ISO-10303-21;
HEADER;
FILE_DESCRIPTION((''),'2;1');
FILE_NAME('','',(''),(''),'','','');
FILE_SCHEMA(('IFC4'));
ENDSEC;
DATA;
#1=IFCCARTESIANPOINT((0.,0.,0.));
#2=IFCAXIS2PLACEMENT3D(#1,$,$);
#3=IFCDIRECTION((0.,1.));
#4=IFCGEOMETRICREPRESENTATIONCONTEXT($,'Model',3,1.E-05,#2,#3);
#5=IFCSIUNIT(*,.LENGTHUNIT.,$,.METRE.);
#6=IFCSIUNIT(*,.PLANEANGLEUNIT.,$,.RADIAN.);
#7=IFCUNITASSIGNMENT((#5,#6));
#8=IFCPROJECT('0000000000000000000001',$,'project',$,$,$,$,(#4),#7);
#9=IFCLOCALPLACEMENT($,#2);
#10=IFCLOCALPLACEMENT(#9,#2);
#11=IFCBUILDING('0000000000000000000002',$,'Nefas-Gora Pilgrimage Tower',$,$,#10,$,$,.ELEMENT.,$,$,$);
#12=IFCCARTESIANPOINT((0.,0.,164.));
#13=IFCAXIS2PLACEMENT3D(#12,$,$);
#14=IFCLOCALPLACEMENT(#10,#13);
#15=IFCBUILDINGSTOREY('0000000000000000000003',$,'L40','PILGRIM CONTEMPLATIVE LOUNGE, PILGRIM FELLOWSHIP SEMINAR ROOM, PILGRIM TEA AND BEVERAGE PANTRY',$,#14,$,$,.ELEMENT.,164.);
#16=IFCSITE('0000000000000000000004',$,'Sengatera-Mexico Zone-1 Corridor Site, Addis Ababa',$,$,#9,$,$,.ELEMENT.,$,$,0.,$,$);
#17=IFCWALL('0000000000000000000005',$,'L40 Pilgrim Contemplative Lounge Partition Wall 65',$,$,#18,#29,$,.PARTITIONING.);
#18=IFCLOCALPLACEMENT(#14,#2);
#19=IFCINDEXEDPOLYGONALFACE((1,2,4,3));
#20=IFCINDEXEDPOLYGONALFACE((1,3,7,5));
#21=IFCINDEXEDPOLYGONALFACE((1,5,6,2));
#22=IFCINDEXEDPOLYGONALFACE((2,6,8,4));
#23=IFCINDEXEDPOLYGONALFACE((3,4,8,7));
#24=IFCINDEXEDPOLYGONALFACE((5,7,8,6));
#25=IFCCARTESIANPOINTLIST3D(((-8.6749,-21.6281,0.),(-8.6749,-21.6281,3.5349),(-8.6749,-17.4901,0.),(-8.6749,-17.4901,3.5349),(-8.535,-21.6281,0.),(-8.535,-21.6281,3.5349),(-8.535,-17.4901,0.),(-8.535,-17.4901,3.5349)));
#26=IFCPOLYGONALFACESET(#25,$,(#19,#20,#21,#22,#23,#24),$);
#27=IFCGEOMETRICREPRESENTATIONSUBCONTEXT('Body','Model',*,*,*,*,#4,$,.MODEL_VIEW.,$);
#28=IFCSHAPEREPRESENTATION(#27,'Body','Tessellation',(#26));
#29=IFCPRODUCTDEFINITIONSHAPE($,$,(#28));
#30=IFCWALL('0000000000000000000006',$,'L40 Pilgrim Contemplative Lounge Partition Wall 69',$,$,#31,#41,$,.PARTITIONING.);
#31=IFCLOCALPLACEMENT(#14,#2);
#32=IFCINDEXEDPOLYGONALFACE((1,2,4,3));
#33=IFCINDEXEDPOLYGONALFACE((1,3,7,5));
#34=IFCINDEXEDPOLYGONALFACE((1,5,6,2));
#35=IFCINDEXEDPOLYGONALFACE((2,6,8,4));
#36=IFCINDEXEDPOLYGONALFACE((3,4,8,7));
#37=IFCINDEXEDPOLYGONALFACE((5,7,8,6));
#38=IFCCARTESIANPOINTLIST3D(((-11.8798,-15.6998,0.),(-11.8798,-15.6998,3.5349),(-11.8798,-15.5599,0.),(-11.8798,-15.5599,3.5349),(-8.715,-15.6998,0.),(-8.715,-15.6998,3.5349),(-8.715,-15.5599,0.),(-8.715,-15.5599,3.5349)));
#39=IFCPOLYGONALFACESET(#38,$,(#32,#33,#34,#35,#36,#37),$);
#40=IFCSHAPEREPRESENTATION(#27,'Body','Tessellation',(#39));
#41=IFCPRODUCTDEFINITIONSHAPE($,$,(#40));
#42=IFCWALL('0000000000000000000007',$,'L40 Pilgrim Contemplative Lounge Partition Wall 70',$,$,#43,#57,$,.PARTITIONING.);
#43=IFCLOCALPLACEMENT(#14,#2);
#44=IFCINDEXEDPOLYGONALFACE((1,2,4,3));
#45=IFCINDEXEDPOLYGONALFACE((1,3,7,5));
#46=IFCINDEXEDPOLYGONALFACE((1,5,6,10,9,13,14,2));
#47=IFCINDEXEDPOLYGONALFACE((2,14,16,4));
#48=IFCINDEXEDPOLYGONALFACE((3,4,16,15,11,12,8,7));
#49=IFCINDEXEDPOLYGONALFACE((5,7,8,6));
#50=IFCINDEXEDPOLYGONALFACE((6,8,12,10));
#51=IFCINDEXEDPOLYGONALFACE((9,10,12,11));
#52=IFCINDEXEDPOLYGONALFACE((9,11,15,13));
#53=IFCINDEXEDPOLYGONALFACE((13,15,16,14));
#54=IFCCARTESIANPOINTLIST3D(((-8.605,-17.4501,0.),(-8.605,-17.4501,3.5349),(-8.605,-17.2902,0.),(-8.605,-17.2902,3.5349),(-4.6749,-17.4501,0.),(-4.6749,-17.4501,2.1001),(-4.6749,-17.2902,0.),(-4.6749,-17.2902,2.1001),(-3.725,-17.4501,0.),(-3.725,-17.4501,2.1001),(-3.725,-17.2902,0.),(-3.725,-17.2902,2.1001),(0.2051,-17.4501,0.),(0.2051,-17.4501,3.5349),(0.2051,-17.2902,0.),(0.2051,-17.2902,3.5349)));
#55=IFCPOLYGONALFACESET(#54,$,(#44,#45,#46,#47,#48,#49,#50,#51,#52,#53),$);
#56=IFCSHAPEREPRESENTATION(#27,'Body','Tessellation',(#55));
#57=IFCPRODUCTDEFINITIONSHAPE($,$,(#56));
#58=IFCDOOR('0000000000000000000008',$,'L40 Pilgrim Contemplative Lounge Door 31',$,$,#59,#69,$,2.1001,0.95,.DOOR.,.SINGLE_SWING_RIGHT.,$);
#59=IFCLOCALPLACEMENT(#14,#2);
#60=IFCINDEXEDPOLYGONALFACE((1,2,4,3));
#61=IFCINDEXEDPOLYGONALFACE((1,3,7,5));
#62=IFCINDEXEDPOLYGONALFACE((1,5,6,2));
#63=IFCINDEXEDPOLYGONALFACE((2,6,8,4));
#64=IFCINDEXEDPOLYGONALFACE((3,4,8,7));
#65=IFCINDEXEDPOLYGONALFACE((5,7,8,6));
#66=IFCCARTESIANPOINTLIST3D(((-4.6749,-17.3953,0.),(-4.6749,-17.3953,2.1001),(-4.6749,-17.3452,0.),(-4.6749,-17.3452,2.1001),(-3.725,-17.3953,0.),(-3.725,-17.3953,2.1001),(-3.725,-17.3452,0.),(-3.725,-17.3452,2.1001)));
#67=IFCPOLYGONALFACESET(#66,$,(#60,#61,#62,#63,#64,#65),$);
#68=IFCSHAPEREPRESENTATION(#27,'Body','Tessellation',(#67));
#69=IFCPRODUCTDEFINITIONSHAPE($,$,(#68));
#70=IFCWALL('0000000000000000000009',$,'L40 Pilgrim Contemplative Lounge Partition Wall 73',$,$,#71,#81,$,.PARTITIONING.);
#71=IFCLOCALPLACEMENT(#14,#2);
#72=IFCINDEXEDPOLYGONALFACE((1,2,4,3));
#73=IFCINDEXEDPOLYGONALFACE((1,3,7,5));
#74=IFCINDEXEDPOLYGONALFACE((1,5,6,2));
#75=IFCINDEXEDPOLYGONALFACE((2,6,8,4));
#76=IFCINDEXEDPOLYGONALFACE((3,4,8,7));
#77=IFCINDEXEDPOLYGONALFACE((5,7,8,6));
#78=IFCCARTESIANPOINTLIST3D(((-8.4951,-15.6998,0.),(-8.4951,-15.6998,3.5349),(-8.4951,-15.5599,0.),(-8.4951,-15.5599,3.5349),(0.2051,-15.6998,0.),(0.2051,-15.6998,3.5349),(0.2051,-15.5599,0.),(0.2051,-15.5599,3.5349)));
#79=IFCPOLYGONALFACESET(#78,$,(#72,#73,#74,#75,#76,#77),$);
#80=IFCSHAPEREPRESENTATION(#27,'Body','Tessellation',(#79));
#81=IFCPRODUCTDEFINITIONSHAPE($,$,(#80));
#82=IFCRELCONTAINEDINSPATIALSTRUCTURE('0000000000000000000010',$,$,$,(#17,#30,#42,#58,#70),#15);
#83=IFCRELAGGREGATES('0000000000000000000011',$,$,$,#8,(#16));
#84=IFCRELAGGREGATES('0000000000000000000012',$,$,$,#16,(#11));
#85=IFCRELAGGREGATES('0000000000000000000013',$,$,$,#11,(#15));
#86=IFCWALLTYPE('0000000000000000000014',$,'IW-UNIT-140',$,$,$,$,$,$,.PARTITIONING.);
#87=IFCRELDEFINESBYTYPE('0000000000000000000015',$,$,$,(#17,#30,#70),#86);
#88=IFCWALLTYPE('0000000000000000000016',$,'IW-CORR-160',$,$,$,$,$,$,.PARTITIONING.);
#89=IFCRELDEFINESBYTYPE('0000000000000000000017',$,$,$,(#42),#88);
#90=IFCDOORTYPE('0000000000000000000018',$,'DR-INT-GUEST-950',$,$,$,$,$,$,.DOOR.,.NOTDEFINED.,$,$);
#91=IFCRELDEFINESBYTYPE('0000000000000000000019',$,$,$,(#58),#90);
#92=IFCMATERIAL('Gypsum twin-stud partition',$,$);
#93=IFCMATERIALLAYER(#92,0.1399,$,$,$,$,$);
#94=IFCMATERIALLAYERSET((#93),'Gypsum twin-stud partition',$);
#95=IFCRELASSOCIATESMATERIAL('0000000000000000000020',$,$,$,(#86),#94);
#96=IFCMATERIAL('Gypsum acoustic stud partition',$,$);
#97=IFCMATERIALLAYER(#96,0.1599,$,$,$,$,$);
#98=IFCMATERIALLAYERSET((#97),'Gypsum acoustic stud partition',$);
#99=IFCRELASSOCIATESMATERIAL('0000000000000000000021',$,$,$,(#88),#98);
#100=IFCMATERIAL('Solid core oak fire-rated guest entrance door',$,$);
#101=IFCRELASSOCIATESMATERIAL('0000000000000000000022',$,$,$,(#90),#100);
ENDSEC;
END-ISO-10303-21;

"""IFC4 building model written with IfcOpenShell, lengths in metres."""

from ifc_helpers import new_model, si_unit, direction, frame, frame_2d, origin, place, context, subcontext, project, spatial, rectangle, extrude, source, transform, mapped, material, layer, layer_set, type_object, element, fill, save


model = new_model("IFC4")

# Units and contexts
model_context = context("Model", 3, precision=1e-05, world=origin(), true_north=direction((0.0, 1.0)))
body_context = subcontext(model_context, "Body", "Model", "MODEL_VIEW")
ifc_project = project(units=[si_unit("LENGTHUNIT", "METRE"), si_unit("PLANEANGLEUNIT", "RADIAN")], contexts=[model_context])

# Site, building, storey
site_placement = place(None, origin())
site = spatial("IfcSite", under=ifc_project, at=site_placement, Name="Sengatera-Mexico Zone-1 Corridor Site, Addis Ababa", CompositionType="ELEMENT", RefElevation=0.0)
building_placement = place(site_placement, origin())
building = spatial("IfcBuilding", under=site, at=building_placement, Name="Nefas-Gora Pilgrimage Tower", CompositionType="ELEMENT")
storey_placement = place(building_placement, frame((0.0, 0.0, 164.0)))
storey = spatial("IfcBuildingStorey", under=building, at=storey_placement, Name="L40", Description="PILGRIM CONTEMPLATIVE LOUNGE, PILGRIM FELLOWSHIP SEMINAR ROOM, PILGRIM TEA AND BEVERAGE PANTRY", CompositionType="ELEMENT", Elevation=164.0)

# Walls
ifc_material_1 = material(Name="Gypsum twin-stud partition")
ifc_layer_1 = layer(ifc_material_1, 0.1399)
ifc_layer_set_1 = layer_set([ifc_layer_1], Name="Gypsum twin-stud partition")
wall_type_1 = type_object("IfcWallType", Name="IW-UNIT-140", PredefinedType="PARTITIONING", material=ifc_layer_set_1)
shared_shape_1 = source(origin(), body_context, "Body", "SweptSolid", [
    extrude(rectangle(XDim=4.1379, YDim=0.1399, at=frame_2d((2.0688, 0.0))), origin(), (0.0, 0.0, 1.0), 3.5349),
])
wall_1_placement = place(storey_placement, frame((-8.605, -21.6279, 0.0), z_axis=(0.0, 0.0, 1.0), x_axis=(0.0, 1.0, 0.0)))
element("IfcWall", 1, at=wall_1_placement, inside=storey, type_object=wall_type_1, Name="L40 Pilgrim Contemplative Lounge Partition Wall 65", PredefinedType="PARTITIONING", context=body_context, shape_type="MappedRepresentation", body=[
    mapped(shared_shape_1, transform((0.0, 0.0, 0.0), x_axis=(1.0, 0.0, 0.0), y_axis=(0.0, 1.0, 0.0), z_axis=(0.0, 0.0, 1.0), scale=1.0)),
])
shared_shape_2 = source(origin(), body_context, "Body", "SweptSolid", [
    extrude(rectangle(XDim=3.1648, YDim=0.1399, at=frame_2d((1.5825, 0.0))), origin(), (0.0, 0.0, 1.0), 3.5349),
])
wall_2_placement = place(storey_placement, frame((-11.8799, -15.6299, 0.0), z_axis=(0.0, 0.0, 1.0), x_axis=(1.0, 0.0, 0.0)))
element("IfcWall", 2, at=wall_2_placement, inside=storey, type_object=wall_type_1, Name="L40 Pilgrim Contemplative Lounge Partition Wall 69", PredefinedType="PARTITIONING", context=body_context, shape_type="MappedRepresentation", body=[
    mapped(shared_shape_2, transform((0.0, 0.0, 0.0), x_axis=(1.0, 0.0, 0.0), y_axis=(0.0, 1.0, 0.0), z_axis=(0.0, 0.0, 1.0), scale=1.0)),
])

# Wall, opening, door
ifc_material_2 = material(Name="Gypsum acoustic stud partition")
ifc_layer_2 = layer(ifc_material_2, 0.1599)
ifc_layer_set_2 = layer_set([ifc_layer_2], Name="Gypsum acoustic stud partition")
wall_type_2 = type_object("IfcWallType", Name="IW-CORR-160", PredefinedType="PARTITIONING", material=ifc_layer_set_2)
shared_shape_3 = source(origin(), body_context, "Body", "SweptSolid", [
    extrude(rectangle(XDim=8.8101, YDim=0.1599, at=frame_2d((4.405, 0.0))), origin(), (0.0, 0.0, 1.0), 3.5349),
])
wall_3_placement = place(storey_placement, frame((-8.605, -17.3701, 0.0), z_axis=(0.0, 0.0, 1.0), x_axis=(1.0, 0.0, 0.0)))
wall_3 = element("IfcWall", 3, at=wall_3_placement, inside=storey, type_object=wall_type_2, Name="L40 Pilgrim Contemplative Lounge Partition Wall 70", PredefinedType="PARTITIONING", context=body_context, shape_type="MappedRepresentation", body=[
    mapped(shared_shape_3, transform((0.0, 0.0, 0.0), x_axis=(1.0, 0.0, 0.0), y_axis=(0.0, 1.0, 0.0), z_axis=(0.0, 0.0, 1.0), scale=1.0)),
])
opening_1_placement = place(wall_3_placement, frame((3.9299, 0.0, 0.0)))
opening_1 = element("IfcOpeningElement", 4, at=opening_1_placement, cuts=wall_3, PredefinedType="OPENING", context=body_context, shape_type="SweptSolid", body=[
    extrude(rectangle(XDim=0.95, YDim=2.1001, at=frame_2d((0.4751, 1.05))), frame((0.0, 0.0898, 0.0), z_axis=(0.0, -1.0, 0.0), x_axis=(1.0, 0.0, 0.0)), (0.0, 0.0, 1.0), 0.1799),
])
ifc_material_3 = material(Name="Solid core oak fire-rated guest entrance door")
door_type_1 = type_object("IfcDoorType", Name="DR-INT-GUEST-950", OperationType="NOTDEFINED", PredefinedType="DOOR", material=ifc_material_3)
shared_shape_4 = source(origin(), body_context, "Body", "SweptSolid", [
    extrude(rectangle(XDim=0.95, YDim=2.1001, at=frame_2d((0.4751, 1.05))), frame((0.0, 0.0249, 0.0), z_axis=(0.0, -1.0, 0.0), x_axis=(1.0, 0.0, 0.0)), (0.0, 0.0, 1.0), 0.05),
])
door_1_placement = place(opening_1_placement, origin())
door_1 = element("IfcDoor", 5, at=door_1_placement, inside=storey, type_object=door_type_1, Name="L40 Pilgrim Contemplative Lounge Door 31", OperationType="SINGLE_SWING_RIGHT", OverallHeight=2.1001, OverallWidth=0.95, PredefinedType="DOOR", context=body_context, shape_type="MappedRepresentation", body=[
    mapped(shared_shape_4, transform((0.0, 0.0, 0.0), x_axis=(1.0, 0.0, 0.0), y_axis=(0.0, 1.0, 0.0), z_axis=(0.0, 0.0, 1.0), scale=1.0)),
])
fill(opening_1, door_1)

# Wall
shared_shape_5 = source(origin(), body_context, "Body", "SweptSolid", [
    extrude(rectangle(XDim=8.7002, YDim=0.1399, at=frame_2d((4.3501, 0.0))), origin(), (0.0, 0.0, 1.0), 3.5349),
])
wall_4_placement = place(storey_placement, frame((-8.4951, -15.6299, 0.0), z_axis=(0.0, 0.0, 1.0), x_axis=(1.0, 0.0, 0.0)))
element("IfcWall", 6, at=wall_4_placement, inside=storey, type_object=wall_type_1, Name="L40 Pilgrim Contemplative Lounge Partition Wall 73", PredefinedType="PARTITIONING", context=body_context, shape_type="MappedRepresentation", body=[
    mapped(shared_shape_5, transform((0.0, 0.0, 0.0), x_axis=(1.0, 0.0, 0.0), y_axis=(0.0, 1.0, 0.0), z_axis=(0.0, 0.0, 1.0), scale=1.0)),
])

save(model, "model.ifc")
